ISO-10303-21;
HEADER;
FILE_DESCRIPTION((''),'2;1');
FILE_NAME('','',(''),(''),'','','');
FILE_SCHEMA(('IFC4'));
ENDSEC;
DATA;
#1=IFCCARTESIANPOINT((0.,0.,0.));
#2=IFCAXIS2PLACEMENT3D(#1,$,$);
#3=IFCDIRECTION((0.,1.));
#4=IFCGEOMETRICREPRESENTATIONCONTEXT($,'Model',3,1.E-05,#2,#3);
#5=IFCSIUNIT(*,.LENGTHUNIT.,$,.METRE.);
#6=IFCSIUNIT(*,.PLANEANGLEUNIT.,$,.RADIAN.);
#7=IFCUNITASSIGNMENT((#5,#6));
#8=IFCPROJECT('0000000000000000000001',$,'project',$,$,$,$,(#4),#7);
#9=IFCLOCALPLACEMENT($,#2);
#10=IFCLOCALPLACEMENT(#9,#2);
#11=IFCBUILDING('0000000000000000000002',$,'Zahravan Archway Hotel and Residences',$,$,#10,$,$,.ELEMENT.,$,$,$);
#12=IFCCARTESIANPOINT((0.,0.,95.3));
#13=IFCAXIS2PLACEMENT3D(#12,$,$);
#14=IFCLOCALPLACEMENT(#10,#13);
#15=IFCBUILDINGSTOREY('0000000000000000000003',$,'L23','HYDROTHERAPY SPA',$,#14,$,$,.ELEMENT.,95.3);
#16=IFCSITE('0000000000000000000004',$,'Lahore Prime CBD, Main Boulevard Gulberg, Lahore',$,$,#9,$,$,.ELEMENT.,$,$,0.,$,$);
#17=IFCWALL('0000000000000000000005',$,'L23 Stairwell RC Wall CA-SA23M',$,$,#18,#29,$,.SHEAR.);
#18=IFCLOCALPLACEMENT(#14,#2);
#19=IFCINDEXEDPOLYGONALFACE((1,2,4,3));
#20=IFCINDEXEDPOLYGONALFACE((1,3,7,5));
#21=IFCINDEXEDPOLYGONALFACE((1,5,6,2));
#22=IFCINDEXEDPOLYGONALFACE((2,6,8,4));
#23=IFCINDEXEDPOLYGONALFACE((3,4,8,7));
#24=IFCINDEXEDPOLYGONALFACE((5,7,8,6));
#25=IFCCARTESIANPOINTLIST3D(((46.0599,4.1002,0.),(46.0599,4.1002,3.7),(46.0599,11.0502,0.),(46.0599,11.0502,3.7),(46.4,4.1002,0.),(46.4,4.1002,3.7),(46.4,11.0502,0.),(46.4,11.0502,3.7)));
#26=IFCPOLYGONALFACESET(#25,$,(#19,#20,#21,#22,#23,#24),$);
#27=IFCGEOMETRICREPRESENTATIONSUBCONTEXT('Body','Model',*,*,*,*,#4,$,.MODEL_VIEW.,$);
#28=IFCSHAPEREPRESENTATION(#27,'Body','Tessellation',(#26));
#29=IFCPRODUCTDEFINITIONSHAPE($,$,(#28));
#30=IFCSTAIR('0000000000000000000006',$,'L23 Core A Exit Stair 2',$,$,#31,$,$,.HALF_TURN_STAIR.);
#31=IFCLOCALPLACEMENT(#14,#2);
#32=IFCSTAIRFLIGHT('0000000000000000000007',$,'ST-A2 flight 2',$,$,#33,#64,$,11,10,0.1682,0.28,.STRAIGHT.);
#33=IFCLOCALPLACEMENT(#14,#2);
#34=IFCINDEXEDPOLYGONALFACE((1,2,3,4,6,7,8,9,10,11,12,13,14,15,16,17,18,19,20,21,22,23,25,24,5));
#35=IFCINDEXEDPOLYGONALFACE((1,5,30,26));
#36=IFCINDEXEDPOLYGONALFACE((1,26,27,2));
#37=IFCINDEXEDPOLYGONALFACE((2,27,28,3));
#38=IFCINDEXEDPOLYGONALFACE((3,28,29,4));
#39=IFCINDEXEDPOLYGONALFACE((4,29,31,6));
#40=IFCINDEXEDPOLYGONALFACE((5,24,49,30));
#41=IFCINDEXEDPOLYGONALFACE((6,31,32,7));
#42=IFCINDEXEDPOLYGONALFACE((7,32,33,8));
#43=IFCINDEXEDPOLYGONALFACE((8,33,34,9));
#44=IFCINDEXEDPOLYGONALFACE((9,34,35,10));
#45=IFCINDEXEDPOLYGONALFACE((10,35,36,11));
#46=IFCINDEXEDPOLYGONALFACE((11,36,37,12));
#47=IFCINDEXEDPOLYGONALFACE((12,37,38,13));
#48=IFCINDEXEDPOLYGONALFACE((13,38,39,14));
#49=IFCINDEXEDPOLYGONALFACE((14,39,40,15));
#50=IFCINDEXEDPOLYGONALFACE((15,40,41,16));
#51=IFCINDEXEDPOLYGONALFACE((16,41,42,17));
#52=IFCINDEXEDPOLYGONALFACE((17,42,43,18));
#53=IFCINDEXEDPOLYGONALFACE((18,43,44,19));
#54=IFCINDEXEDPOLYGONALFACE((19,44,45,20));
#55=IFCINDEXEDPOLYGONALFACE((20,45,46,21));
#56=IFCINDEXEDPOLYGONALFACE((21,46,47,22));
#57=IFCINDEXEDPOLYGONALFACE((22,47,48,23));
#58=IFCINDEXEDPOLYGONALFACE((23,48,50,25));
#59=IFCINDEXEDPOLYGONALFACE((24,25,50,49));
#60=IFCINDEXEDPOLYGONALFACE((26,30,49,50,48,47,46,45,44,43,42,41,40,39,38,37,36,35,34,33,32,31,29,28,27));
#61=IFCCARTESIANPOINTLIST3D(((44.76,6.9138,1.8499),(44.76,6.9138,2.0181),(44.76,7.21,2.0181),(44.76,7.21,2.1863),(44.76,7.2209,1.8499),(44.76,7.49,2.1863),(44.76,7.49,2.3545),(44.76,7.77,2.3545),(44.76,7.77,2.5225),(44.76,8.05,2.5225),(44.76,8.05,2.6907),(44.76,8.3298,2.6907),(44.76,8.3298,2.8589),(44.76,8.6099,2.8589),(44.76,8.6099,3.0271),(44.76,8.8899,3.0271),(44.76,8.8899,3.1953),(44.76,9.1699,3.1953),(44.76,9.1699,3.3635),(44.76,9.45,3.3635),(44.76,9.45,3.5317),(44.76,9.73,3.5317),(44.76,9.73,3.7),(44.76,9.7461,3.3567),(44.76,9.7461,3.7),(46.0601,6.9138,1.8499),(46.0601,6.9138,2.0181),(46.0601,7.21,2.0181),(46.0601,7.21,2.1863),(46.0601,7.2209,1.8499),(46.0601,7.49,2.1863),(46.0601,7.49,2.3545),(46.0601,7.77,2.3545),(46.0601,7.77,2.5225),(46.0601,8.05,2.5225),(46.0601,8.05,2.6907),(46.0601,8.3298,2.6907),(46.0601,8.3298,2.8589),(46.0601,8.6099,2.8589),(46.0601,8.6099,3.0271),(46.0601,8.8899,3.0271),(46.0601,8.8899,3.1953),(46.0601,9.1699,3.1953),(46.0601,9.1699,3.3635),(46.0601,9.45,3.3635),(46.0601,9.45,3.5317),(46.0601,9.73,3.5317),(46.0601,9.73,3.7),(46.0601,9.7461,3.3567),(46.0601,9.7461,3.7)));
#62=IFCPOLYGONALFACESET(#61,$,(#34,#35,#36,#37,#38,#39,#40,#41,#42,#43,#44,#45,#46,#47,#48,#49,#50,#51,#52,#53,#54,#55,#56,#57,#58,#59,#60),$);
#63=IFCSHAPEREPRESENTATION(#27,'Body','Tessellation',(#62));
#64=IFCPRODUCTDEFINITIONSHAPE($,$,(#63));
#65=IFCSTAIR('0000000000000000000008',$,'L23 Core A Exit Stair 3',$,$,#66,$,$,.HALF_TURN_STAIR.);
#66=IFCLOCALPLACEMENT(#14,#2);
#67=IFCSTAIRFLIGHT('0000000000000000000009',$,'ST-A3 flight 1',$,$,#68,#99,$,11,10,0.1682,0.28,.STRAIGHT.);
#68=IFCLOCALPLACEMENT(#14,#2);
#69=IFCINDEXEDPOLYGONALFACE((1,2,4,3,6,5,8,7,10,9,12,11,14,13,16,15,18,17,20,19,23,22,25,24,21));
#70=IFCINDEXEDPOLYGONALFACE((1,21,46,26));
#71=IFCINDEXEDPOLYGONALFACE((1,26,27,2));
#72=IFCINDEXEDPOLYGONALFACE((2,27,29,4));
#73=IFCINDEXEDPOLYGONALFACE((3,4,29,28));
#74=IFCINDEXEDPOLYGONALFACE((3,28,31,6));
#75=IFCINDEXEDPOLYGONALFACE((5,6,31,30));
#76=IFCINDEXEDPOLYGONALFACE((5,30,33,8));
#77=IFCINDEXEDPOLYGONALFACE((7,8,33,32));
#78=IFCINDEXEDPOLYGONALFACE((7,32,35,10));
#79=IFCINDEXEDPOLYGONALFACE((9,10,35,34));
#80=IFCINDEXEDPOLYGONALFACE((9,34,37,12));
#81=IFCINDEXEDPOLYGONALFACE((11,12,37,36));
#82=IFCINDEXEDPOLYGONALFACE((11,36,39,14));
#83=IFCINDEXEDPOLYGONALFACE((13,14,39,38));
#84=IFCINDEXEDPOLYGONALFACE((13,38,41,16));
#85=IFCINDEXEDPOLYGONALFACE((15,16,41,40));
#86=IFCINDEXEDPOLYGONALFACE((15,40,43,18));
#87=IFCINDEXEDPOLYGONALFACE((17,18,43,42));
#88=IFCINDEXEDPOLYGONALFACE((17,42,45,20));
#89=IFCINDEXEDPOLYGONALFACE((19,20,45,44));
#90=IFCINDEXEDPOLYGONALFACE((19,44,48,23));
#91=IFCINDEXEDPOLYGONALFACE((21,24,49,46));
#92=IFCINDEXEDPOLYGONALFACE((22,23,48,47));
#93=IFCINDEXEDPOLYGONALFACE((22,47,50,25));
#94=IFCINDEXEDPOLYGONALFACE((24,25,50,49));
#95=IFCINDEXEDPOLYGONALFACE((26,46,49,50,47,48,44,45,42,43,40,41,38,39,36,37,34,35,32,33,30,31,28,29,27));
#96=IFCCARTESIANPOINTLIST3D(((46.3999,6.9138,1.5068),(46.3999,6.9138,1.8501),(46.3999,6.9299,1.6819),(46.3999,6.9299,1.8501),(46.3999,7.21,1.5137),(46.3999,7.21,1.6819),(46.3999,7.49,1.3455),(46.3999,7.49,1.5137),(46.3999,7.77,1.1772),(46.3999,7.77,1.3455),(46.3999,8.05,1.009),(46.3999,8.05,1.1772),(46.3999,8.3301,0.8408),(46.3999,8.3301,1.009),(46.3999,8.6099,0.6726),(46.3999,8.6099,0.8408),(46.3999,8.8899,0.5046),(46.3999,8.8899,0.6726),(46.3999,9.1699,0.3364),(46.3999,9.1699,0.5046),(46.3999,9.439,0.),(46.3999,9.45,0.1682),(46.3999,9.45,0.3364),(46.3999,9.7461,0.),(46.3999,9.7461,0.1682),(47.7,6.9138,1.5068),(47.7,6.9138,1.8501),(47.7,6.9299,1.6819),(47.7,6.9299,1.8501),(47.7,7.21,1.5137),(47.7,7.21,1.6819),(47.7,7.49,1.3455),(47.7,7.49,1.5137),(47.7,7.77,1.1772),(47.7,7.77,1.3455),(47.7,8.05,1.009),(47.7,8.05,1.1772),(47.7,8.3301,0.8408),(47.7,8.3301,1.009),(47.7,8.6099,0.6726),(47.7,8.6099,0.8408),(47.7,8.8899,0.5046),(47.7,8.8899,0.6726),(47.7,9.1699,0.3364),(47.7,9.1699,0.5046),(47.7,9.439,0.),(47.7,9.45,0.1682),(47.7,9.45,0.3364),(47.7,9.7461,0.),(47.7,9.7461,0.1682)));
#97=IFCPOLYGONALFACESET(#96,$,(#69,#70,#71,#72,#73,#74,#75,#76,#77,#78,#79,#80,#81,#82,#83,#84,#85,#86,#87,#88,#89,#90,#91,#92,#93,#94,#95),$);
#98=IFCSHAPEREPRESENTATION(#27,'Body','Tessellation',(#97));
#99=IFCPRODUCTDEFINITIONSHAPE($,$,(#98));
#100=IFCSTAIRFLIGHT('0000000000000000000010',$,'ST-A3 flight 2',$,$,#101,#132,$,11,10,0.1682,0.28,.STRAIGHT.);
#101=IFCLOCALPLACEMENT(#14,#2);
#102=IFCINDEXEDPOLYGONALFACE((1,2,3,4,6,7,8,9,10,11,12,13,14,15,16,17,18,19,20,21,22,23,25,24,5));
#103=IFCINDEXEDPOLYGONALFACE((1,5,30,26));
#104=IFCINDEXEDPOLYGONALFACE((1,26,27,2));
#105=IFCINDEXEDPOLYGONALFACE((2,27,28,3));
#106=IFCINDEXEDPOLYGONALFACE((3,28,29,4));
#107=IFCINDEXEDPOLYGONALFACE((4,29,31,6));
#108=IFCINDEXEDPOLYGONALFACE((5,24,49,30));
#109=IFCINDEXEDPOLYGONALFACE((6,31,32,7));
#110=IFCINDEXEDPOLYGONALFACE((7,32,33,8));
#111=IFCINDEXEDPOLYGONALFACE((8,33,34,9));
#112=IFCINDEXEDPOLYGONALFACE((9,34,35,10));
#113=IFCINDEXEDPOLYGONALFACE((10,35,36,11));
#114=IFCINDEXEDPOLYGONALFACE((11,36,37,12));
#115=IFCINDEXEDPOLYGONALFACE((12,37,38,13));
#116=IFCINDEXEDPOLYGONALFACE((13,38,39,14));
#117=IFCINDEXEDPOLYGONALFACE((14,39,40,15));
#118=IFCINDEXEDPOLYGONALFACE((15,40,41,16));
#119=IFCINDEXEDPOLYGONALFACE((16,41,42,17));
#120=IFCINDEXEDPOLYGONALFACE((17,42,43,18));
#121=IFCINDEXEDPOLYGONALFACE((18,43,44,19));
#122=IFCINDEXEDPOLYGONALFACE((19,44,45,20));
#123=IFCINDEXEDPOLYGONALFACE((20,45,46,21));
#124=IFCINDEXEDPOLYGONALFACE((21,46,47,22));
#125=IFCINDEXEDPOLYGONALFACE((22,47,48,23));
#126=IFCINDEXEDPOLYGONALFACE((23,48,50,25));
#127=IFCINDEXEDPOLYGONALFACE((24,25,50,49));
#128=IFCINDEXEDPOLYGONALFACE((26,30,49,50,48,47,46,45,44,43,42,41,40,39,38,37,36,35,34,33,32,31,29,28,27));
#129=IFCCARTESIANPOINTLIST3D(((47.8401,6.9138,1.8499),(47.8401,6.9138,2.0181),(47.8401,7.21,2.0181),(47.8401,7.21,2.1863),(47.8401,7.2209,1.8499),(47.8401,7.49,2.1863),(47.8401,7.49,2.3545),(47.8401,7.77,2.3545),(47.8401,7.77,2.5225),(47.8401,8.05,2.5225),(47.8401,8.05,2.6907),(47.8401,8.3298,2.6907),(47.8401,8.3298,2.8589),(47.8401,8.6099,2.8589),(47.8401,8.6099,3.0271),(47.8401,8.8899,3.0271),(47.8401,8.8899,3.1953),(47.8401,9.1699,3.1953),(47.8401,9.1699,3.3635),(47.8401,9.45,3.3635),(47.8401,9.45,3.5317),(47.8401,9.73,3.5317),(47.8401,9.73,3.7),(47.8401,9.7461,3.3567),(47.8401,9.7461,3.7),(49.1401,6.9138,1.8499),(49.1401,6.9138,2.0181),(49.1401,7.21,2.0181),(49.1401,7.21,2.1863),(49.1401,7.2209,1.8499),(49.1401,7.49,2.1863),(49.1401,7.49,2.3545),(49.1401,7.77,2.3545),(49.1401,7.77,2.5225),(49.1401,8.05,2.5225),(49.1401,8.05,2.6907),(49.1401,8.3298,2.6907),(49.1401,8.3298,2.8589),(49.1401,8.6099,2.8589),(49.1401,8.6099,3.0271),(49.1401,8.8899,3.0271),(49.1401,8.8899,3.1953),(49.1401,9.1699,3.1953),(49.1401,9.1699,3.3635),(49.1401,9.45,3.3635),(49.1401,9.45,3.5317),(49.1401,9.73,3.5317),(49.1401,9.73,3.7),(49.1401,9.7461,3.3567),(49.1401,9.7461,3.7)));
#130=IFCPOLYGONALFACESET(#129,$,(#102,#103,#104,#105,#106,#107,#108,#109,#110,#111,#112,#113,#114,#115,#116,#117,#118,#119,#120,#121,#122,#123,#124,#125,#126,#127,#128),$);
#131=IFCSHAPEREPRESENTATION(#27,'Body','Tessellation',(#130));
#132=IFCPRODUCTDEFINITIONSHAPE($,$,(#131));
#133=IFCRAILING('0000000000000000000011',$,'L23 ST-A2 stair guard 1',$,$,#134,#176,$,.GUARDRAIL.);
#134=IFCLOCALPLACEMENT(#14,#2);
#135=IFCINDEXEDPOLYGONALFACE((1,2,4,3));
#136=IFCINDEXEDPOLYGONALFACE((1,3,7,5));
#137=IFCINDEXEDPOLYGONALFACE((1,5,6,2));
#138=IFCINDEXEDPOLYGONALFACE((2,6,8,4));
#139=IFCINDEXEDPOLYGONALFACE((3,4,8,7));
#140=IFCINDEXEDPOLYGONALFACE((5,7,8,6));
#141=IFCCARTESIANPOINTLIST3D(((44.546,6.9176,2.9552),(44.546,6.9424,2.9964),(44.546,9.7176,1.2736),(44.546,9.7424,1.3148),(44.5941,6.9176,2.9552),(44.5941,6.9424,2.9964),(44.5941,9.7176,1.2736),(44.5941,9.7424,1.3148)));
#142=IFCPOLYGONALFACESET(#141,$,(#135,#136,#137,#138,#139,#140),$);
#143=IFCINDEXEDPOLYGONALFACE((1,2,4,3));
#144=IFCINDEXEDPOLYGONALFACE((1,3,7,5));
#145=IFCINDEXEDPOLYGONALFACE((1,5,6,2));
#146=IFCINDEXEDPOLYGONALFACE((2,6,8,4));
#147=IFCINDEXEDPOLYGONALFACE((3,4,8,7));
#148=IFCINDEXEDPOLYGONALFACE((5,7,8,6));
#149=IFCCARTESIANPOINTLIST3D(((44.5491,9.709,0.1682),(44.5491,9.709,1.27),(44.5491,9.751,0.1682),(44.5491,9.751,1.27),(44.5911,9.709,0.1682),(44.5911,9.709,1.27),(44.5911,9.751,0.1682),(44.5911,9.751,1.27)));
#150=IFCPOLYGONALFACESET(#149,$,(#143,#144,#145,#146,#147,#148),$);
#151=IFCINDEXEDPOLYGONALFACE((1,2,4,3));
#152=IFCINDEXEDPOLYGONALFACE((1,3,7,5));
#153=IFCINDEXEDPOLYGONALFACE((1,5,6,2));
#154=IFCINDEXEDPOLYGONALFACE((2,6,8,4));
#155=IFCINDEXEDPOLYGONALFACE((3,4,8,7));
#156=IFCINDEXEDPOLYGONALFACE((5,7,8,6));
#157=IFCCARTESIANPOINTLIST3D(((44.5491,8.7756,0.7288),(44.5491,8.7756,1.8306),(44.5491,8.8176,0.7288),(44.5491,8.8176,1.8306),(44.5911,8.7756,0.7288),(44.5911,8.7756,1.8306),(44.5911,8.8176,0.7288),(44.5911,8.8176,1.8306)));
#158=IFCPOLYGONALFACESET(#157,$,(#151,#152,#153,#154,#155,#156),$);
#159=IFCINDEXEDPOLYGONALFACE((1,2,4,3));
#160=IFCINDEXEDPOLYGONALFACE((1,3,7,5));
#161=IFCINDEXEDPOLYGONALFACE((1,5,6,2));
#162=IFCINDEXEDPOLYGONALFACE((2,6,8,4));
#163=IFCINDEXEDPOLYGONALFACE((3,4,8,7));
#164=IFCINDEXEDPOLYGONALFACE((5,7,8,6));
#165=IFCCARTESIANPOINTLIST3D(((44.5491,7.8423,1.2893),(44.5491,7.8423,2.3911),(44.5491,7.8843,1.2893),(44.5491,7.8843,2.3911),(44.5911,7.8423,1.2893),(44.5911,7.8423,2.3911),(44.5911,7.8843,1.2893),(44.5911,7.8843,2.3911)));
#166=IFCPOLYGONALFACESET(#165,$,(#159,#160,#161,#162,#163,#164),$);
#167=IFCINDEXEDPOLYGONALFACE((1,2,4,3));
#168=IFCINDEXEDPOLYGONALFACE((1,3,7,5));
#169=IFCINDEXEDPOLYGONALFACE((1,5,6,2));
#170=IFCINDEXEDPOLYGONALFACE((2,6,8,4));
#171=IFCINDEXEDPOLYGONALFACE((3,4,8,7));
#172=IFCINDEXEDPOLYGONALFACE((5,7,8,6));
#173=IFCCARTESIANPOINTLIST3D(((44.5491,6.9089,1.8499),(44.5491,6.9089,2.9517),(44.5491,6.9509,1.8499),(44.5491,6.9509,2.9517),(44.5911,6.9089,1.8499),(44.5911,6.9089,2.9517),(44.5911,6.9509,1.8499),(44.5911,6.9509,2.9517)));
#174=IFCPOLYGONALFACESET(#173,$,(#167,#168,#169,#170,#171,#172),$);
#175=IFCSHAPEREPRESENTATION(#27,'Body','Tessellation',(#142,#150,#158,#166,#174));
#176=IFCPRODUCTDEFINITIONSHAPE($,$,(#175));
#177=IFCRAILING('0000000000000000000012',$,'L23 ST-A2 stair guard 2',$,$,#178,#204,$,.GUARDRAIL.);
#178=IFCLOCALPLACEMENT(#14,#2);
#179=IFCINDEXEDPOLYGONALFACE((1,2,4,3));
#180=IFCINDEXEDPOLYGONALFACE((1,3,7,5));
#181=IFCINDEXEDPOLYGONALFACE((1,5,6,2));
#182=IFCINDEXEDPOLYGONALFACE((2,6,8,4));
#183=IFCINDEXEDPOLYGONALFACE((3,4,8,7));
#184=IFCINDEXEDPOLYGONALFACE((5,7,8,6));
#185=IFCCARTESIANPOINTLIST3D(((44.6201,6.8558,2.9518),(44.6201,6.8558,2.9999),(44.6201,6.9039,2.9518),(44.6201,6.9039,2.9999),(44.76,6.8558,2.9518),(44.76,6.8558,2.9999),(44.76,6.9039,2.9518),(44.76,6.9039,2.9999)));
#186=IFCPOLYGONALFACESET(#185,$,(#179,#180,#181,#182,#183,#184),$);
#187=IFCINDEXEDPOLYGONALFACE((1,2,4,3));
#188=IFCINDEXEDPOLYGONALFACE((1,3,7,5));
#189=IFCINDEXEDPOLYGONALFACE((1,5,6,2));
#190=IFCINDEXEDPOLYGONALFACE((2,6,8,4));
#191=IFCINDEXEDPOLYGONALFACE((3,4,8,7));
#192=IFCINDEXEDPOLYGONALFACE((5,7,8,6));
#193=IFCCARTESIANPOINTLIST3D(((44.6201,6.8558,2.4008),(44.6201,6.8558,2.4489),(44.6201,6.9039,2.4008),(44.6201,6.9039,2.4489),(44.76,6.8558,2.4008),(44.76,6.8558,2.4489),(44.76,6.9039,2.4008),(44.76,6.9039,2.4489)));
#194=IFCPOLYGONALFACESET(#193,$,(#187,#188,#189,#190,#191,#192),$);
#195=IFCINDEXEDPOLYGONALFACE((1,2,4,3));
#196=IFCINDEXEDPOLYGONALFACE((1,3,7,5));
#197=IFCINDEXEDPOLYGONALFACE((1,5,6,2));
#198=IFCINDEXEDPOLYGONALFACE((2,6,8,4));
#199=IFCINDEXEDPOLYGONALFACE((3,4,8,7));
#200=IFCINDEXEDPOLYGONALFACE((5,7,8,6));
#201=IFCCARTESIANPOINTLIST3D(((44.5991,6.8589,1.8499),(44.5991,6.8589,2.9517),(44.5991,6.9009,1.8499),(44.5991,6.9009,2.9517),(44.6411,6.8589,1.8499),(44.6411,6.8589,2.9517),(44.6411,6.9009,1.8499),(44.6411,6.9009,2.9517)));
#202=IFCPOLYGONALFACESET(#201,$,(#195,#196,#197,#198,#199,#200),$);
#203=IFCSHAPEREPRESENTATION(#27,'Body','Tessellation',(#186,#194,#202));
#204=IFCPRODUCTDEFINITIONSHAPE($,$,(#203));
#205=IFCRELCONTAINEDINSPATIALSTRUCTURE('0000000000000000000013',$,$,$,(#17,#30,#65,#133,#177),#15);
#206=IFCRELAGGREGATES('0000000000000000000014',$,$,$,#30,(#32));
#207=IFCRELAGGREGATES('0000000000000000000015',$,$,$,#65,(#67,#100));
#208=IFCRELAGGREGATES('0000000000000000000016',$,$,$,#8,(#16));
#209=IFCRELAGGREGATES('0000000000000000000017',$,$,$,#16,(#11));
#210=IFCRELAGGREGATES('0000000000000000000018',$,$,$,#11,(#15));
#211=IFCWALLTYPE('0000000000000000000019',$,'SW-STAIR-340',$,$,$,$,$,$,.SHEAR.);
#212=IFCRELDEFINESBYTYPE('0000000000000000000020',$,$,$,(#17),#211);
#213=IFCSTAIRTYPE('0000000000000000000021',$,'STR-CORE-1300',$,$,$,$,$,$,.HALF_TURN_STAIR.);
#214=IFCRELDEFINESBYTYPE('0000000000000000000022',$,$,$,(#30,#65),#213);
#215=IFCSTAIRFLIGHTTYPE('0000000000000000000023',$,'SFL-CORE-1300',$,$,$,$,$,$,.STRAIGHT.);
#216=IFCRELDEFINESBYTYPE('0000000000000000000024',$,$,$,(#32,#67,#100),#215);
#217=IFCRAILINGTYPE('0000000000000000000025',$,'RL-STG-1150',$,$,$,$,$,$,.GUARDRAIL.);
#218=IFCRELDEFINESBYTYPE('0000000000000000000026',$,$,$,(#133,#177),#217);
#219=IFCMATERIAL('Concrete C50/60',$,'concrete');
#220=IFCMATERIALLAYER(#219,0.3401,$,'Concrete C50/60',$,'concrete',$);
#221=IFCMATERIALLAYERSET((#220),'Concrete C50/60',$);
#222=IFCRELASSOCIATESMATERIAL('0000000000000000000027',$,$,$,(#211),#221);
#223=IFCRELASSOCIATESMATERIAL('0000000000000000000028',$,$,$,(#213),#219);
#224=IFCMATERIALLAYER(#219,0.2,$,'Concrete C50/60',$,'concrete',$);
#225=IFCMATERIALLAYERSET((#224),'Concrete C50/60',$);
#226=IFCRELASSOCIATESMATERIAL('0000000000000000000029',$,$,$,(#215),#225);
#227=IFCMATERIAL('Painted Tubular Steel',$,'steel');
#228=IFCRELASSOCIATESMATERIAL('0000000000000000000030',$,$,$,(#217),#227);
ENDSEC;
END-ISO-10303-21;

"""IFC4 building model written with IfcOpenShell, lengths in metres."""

from ifc_helpers import new_model, si_unit, direction, frame, frame_2d, origin, origin_2d, place, context, subcontext, project, spatial, polyline, rectangle, outline, extrude, source, transform, mapped, material, layer, layer_set, type_object, element, aggregate, save


model = new_model("IFC4")

# Units and contexts
model_context = context("Model", 3, precision=1e-05, world=origin(), true_north=direction((0.0, 1.0)))
body_context = subcontext(model_context, "Body", "Model", "MODEL_VIEW")
ifc_project = project(units=[si_unit("LENGTHUNIT", "METRE"), si_unit("PLANEANGLEUNIT", "RADIAN")], contexts=[model_context])

# Site, building, storey
site_placement = place(None, origin())
site = spatial("IfcSite", under=ifc_project, at=site_placement, Name="Lahore Prime CBD, Main Boulevard Gulberg, Lahore", CompositionType="ELEMENT", RefElevation=0.0)
building_placement = place(site_placement, origin())
building = spatial("IfcBuilding", under=site, at=building_placement, Name="Zahravan Archway Hotel and Residences", CompositionType="ELEMENT")
storey_placement = place(building_placement, frame((0.0, 0.0, 95.3)))
storey = spatial("IfcBuildingStorey", under=building, at=storey_placement, Name="L23", Description="HYDROTHERAPY SPA", CompositionType="ELEMENT", Elevation=95.3)

# Wall
ifc_material_1 = material(Name="Concrete C50/60", Category="concrete")
ifc_layer_1 = layer(ifc_material_1, 0.3401, Name="Concrete C50/60", Category="concrete")
ifc_layer_set_1 = layer_set([ifc_layer_1], Name="Concrete C50/60")
wall_type = type_object("IfcWallType", Name="SW-STAIR-340", PredefinedType="SHEAR", material=ifc_layer_set_1)
wall_placement = place(storey_placement, frame((46.23, 4.1001, 0.0), z_axis=(0.0, 0.0, 1.0), x_axis=(0.0, 1.0, 0.0)))
element("IfcWall", 1, at=wall_placement, inside=storey, type_object=wall_type, Name="L23 Stairwell RC Wall CA-SA23M", PredefinedType="SHEAR", context=body_context, shape_type="SweptSolid", body=[
    extrude(rectangle(XDim=6.95, YDim=0.3401, at=frame_2d((3.4751, 0.0))), origin(), (0.0, 0.0, 1.0), 3.7),
])

# Stair, stair flight
stair_type = type_object("IfcStairType", Name="STR-CORE-1300", PredefinedType="HALF_TURN_STAIR", material=ifc_material_1)
stair_1_placement = place(storey_placement, origin())
stair_1 = element("IfcStair", 2, at=stair_1_placement, inside=storey, type_object=stair_type, Name="L23 Core A Exit Stair 2", PredefinedType="HALF_TURN_STAIR")
ifc_layer_2 = layer(ifc_material_1, 0.2, Name="Concrete C50/60", Category="concrete")
ifc_layer_set_2 = layer_set([ifc_layer_2], Name="Concrete C50/60")
stair_flight_type = type_object("IfcStairFlightType", Name="SFL-CORE-1300", PredefinedType="STRAIGHT", material=ifc_layer_set_2)
shared_shape = source(origin(), body_context, "Body", "SweptSolid", [
    extrude(outline(polyline([(-0.0161, 0.0), (-0.0161, 0.1682), (0.28, 0.1682), (0.28, 0.3364), (0.5601, 0.3364), (0.5601, 0.5046), (0.8401, 0.5046), (0.8401, 0.6726), (1.1201, 0.6726), (1.1201, 0.8408), (1.3999, 0.8408), (1.3999, 1.009), (1.6799, 1.009), (1.6799, 1.1772), (1.96, 1.1772), (1.96, 1.3455), (2.24, 1.3455), (2.24, 1.5137), (2.52, 1.5137), (2.52, 1.6819), (2.8, 1.6819), (2.8, 1.8501), (2.8162, 1.8501), (2.8162, 1.5068), (0.291, 0.0), (-0.0161, 0.0)])), frame((0.0, 0.6499, 0.0), z_axis=(0.0, -1.0, 0.0), x_axis=(1.0, 0.0, 0.0)), (0.0, 0.0, 1.0), 1.3),
])
stair_flight_1_placement = place(storey_placement, frame((45.4099, 6.9299, 1.8499), z_axis=(0.0, 0.0, 1.0), x_axis=(0.0, 1.0, 0.0)))
stair_flight_1 = element("IfcStairFlight", 3, at=stair_flight_1_placement, type_object=stair_flight_type, Name="ST-A2 flight 2", NumberOfRisers=11, NumberOfTreads=10, PredefinedType="STRAIGHT", RiserHeight=0.1682, TreadLength=0.28, context=body_context, shape_type="MappedRepresentation", body=[
    mapped(shared_shape, transform((0.0, 0.0, 0.0), scale=1.0)),
])
aggregate(stair_1, [stair_flight_1])

# Stair, stair flights
stair_2_placement = place(storey_placement, origin())
stair_2 = element("IfcStair", 4, at=stair_2_placement, inside=storey, type_object=stair_type, Name="L23 Core A Exit Stair 3", PredefinedType="HALF_TURN_STAIR")
stair_flight_2_placement = place(storey_placement, frame((47.05, 9.73, 0.0), z_axis=(0.0, 0.0, 1.0), x_axis=(0.0, -1.0, 0.0)))
stair_flight_2 = element("IfcStairFlight", 5, at=stair_flight_2_placement, type_object=stair_flight_type, Name="ST-A3 flight 1", NumberOfRisers=11, NumberOfTreads=10, PredefinedType="STRAIGHT", RiserHeight=0.1682, TreadLength=0.28, context=body_context, shape_type="MappedRepresentation", body=[
    mapped(shared_shape, transform((0.0, 0.0, 0.0), scale=1.0)),
])
stair_flight_3_placement = place(storey_placement, frame((48.49, 6.9299, 1.8499), z_axis=(0.0, 0.0, 1.0), x_axis=(0.0, 1.0, 0.0)))
stair_flight_3 = element("IfcStairFlight", 6, at=stair_flight_3_placement, type_object=stair_flight_type, Name="ST-A3 flight 2", NumberOfRisers=11, NumberOfTreads=10, PredefinedType="STRAIGHT", RiserHeight=0.1682, TreadLength=0.28, context=body_context, shape_type="MappedRepresentation", body=[
    mapped(shared_shape, transform((0.0, 0.0, 0.0), scale=1.0)),
])
aggregate(stair_2, [stair_flight_2, stair_flight_3])

# Railings
ifc_material_2 = material(Name="Painted Tubular Steel", Category="steel")
railing_type_1 = type_object("IfcRailingType", Name="RL-STG-1150", PredefinedType="GUARDRAIL", material=ifc_material_2)
railing_1_placement = place(storey_placement, frame((44.5701, 9.73, 0.1682)))
element("IfcRailing", 7, at=railing_1_placement, inside=storey, type_object=railing_type_1, Name="L23 ST-A2 stair guard 1", PredefinedType="GUARDRAIL", context=body_context, shape_type="SweptSolid", body=[
    extrude(rectangle(XDim=0.0481, YDim=0.0481, at=origin_2d()), frame((0.0, 0.0, 1.126), z_axis=(0.0, -0.857275, 0.514858), x_axis=(1.0, 0.0, 0.0)), (0.0, 0.0, 1.0), 3.2661),
    extrude(rectangle(XDim=0.042, YDim=0.042, at=origin_2d()), origin(), (0.0, 0.0, 1.0), 1.1018),
    extrude(rectangle(XDim=0.042, YDim=0.042, at=origin_2d()), frame((0.0, -0.9333, 0.5605)), (0.0, 0.0, 1.0), 1.1018),
    extrude(rectangle(XDim=0.042, YDim=0.042, at=origin_2d()), frame((0.0, -1.8667, 1.1211)), (0.0, 0.0, 1.0), 1.1018),
    extrude(rectangle(XDim=0.042, YDim=0.042, at=origin_2d()), frame((0.0, -2.8, 1.6816)), (0.0, 0.0, 1.0), 1.1018),
])
railing_2_placement = place(storey_placement, frame((44.6201, 6.8799, 1.8499)))
element("IfcRailing", 8, at=railing_2_placement, inside=storey, type_object=railing_type_1, Name="L23 ST-A2 stair guard 2", PredefinedType="GUARDRAIL", context=body_context, shape_type="SweptSolid", body=[
    extrude(rectangle(XDim=0.0481, YDim=0.0481, at=origin_2d()), frame((0.0, 0.0, 1.126), z_axis=(1.0, 0.0, 0.0), x_axis=(0.0, 1.0, 0.0)), (0.0, 0.0, 1.0), 0.1399),
    extrude(rectangle(XDim=0.0481, YDim=0.0481, at=origin_2d()), frame((0.0, 0.0, 0.575), z_axis=(1.0, 0.0, 0.0), x_axis=(0.0, 1.0, 0.0)), (0.0, 0.0, 1.0), 0.1399),
    extrude(rectangle(XDim=0.042, YDim=0.042, at=origin_2d()), origin(), (0.0, 0.0, 1.0), 1.1018),
])

save(model, "model.ifc")
